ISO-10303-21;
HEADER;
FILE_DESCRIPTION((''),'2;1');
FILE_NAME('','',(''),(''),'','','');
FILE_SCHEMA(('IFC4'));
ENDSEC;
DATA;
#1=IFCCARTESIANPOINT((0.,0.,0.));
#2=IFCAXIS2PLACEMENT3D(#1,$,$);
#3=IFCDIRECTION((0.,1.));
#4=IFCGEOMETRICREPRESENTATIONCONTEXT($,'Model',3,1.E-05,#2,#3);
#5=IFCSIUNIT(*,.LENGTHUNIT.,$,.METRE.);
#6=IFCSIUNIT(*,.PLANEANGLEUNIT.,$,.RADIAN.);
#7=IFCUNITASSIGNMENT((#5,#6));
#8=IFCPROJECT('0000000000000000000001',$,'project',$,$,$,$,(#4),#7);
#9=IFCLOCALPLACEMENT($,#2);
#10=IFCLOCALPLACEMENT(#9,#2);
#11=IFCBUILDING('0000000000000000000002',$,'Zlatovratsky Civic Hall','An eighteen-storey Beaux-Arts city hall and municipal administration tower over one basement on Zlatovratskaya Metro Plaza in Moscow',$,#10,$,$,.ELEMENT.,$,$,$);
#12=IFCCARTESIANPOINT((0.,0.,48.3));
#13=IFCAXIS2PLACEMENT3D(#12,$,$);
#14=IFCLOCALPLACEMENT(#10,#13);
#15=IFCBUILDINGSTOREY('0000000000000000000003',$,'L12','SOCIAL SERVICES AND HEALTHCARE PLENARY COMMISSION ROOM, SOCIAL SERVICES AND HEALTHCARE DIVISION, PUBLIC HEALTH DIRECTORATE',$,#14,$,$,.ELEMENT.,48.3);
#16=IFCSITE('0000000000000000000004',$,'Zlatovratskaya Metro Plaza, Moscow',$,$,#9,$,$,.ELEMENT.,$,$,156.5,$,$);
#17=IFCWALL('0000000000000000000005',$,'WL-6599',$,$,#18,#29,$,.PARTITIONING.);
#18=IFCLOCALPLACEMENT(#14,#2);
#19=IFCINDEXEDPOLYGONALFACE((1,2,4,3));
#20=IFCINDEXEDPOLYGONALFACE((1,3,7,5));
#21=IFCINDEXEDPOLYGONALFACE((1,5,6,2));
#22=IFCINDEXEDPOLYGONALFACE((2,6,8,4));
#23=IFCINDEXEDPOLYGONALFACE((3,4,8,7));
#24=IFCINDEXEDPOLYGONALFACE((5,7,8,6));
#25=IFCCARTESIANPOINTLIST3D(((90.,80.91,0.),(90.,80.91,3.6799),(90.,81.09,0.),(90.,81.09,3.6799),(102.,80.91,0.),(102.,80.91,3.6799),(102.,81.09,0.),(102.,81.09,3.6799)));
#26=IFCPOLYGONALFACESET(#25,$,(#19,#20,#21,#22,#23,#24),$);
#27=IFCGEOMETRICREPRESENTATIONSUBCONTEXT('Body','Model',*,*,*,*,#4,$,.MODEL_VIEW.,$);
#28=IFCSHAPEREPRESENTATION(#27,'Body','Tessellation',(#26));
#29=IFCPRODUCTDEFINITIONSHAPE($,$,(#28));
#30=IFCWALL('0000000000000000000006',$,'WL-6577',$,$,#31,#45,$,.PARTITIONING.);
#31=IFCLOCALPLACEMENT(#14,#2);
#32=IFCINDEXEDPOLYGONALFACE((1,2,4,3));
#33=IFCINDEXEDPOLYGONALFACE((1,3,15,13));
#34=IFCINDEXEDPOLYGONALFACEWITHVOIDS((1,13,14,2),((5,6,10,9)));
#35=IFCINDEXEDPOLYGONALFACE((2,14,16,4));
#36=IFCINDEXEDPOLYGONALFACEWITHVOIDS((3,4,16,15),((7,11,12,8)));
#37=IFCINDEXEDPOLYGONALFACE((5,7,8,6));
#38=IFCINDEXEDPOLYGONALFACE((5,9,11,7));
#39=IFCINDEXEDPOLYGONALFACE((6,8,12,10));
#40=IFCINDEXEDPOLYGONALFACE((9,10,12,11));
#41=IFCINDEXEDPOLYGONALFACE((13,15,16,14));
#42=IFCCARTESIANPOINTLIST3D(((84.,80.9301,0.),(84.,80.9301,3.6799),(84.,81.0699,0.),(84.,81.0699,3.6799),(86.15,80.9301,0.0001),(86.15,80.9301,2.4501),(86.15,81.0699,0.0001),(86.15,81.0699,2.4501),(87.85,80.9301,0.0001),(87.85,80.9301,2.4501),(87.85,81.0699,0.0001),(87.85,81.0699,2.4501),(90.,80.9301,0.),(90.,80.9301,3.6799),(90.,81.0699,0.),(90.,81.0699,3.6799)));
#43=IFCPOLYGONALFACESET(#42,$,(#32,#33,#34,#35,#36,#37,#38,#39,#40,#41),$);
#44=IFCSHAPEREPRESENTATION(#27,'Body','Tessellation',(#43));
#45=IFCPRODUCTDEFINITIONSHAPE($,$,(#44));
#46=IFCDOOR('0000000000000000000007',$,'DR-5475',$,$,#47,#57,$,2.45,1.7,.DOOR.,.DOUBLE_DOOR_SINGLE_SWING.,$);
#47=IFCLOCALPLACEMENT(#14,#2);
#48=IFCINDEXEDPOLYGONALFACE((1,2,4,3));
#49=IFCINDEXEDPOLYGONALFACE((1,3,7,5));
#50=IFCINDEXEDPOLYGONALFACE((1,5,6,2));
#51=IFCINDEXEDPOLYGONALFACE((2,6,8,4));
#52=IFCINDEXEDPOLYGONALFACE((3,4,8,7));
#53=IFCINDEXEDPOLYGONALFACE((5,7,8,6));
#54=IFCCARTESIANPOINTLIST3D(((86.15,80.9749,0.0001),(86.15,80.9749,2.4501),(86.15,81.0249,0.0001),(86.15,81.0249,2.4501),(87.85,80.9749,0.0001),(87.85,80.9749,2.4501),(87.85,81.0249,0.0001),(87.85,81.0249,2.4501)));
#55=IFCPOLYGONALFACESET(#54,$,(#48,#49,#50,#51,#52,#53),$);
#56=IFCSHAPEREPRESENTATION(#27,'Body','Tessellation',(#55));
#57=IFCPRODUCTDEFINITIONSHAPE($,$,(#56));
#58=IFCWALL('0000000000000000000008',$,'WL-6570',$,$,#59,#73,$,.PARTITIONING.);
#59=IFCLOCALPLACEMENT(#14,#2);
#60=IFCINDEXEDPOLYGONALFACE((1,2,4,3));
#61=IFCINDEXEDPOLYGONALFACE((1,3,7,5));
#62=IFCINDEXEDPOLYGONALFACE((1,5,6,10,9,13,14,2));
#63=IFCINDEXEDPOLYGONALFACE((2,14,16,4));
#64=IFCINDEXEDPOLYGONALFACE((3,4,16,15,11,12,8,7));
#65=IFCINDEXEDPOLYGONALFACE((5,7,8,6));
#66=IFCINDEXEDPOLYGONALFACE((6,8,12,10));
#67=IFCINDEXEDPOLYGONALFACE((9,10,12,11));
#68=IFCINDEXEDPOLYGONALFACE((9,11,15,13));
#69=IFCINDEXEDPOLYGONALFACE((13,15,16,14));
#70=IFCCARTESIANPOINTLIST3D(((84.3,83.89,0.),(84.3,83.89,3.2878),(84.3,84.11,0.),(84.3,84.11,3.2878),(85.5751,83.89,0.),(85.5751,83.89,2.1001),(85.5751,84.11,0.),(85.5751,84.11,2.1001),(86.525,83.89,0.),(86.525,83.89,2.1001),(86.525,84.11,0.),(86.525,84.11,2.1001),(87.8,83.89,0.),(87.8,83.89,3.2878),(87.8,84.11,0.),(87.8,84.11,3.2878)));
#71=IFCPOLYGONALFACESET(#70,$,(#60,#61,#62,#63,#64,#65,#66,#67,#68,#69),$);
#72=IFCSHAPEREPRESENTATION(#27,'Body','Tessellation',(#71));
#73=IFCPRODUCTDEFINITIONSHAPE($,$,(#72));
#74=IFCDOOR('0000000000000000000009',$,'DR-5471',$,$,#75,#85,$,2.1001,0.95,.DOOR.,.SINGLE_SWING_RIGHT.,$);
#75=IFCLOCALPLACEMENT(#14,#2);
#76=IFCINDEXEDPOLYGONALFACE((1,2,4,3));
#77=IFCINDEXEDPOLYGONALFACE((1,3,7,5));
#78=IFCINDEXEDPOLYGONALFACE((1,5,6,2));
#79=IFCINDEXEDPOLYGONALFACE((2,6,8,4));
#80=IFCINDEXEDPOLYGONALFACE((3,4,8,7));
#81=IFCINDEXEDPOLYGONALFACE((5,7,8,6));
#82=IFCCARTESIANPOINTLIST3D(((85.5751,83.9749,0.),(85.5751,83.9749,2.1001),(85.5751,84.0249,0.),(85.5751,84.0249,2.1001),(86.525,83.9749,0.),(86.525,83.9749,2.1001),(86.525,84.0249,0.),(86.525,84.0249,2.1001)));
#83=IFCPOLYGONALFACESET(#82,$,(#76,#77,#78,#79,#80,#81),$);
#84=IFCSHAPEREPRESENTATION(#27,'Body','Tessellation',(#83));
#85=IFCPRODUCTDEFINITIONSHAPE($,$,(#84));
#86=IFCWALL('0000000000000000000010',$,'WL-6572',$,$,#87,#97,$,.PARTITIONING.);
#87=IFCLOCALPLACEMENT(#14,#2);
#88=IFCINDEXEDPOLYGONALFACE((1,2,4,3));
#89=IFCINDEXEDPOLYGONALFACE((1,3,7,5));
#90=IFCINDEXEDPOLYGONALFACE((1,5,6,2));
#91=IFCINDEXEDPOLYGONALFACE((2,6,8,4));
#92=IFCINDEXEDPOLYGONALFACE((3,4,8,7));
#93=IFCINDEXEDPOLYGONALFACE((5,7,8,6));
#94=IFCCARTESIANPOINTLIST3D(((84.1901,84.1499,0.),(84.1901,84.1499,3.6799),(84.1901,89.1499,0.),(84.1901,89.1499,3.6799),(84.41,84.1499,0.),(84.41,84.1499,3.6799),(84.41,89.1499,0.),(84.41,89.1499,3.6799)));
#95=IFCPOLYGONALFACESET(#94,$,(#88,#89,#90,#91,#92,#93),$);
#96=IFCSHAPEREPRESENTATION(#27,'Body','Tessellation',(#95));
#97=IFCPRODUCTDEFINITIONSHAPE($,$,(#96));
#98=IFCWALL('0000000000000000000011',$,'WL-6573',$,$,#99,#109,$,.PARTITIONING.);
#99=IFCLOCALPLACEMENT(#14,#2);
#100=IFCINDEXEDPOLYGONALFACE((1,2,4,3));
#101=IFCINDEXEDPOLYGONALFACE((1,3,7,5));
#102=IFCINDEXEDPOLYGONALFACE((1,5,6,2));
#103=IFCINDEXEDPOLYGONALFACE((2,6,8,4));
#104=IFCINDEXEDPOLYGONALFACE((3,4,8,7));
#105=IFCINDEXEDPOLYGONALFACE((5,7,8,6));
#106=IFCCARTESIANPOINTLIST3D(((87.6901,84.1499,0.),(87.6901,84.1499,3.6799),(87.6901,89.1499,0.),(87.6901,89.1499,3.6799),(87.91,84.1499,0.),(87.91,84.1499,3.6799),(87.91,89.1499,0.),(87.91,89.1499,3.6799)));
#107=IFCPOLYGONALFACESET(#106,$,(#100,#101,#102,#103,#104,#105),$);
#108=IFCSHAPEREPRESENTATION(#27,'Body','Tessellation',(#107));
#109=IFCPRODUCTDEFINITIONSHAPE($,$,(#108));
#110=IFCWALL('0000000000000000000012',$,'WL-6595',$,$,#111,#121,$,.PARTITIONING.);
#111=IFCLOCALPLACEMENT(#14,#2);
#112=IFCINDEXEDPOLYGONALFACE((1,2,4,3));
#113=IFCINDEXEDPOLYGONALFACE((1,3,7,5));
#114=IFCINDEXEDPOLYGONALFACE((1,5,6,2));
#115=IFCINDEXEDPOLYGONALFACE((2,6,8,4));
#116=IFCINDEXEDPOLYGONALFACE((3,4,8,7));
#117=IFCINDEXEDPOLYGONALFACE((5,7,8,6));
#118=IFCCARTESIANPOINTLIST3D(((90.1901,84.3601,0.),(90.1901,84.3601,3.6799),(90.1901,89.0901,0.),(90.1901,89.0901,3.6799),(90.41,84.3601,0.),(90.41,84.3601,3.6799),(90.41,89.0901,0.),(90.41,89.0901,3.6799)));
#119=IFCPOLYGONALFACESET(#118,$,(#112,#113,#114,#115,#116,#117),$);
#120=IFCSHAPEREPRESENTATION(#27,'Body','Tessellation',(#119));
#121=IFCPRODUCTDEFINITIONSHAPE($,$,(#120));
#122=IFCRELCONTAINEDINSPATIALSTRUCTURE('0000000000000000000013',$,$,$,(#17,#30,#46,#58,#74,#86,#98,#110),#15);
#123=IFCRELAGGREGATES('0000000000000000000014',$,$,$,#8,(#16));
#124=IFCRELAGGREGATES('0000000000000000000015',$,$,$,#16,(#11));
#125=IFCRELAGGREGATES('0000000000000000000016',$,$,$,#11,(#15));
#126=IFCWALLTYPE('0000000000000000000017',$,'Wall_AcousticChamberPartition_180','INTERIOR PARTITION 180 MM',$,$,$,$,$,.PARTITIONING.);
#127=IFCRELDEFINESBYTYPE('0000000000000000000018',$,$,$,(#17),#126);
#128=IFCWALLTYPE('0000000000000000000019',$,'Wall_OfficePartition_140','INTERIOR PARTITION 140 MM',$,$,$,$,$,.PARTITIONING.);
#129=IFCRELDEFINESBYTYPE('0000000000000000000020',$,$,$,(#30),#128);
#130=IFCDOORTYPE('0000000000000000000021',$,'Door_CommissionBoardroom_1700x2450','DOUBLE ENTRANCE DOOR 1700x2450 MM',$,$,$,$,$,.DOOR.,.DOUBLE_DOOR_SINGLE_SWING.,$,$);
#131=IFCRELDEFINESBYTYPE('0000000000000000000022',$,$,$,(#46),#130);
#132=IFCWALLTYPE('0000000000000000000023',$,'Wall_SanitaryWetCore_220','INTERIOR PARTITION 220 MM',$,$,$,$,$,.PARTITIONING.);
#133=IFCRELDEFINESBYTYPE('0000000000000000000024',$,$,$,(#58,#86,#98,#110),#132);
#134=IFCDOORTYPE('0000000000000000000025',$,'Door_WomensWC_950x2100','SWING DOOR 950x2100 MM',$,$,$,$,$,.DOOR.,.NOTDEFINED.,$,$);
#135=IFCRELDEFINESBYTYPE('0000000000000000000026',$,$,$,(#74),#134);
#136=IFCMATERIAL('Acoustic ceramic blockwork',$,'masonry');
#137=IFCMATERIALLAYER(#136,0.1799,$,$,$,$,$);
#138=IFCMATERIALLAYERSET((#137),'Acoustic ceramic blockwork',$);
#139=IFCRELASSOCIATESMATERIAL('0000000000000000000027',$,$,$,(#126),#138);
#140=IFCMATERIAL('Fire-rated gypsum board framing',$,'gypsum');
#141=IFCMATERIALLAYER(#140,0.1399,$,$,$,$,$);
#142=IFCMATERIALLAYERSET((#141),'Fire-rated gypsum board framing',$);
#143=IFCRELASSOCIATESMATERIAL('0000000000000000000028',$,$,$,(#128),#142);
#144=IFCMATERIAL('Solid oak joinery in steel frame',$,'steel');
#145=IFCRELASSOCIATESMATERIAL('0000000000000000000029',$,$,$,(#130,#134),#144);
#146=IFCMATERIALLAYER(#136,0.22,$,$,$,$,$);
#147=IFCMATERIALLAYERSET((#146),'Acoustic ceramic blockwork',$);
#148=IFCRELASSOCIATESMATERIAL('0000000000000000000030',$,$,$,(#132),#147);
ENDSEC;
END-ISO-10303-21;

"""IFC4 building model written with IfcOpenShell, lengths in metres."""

from ifc_helpers import new_model, si_unit, direction, frame, frame_2d, origin, place, context, subcontext, project, spatial, rectangle, extrude, material, layer, layer_set, type_object, element, fill, save


model = new_model("IFC4")

# Units and contexts
model_context = context("Model", 3, precision=1e-05, world=origin(), true_north=direction((0.0, 1.0)))
body_context = subcontext(model_context, "Body", "Model", "MODEL_VIEW")
ifc_project = project(units=[si_unit("LENGTHUNIT", "METRE"), si_unit("PLANEANGLEUNIT", "RADIAN")], contexts=[model_context])

# Site, building, storey
site_placement = place(None, origin())
site = spatial("IfcSite", under=ifc_project, at=site_placement, Name="Zlatovratskaya Metro Plaza, Moscow", CompositionType="ELEMENT", RefElevation=156.5)
building_placement = place(site_placement, origin())
building = spatial("IfcBuilding", under=site, at=building_placement, Name="Zlatovratsky Civic Hall", Description="An eighteen-storey Beaux-Arts city hall and municipal administration tower over one basement on Zlatovratskaya Metro Plaza in Moscow", CompositionType="ELEMENT")
storey_placement = place(building_placement, frame((0.0, 0.0, 48.3)))
storey = spatial("IfcBuildingStorey", under=building, at=storey_placement, Name="L12", Description="SOCIAL SERVICES AND HEALTHCARE PLENARY COMMISSION ROOM, SOCIAL SERVICES AND HEALTHCARE DIVISION, PUBLIC HEALTH DIRECTORATE", CompositionType="ELEMENT", Elevation=48.3)

# Wall
ifc_material_1 = material(Name="Acoustic ceramic blockwork", Category="masonry")
ifc_layer_1 = layer(ifc_material_1, 0.1799)
ifc_layer_set_1 = layer_set([ifc_layer_1], Name="Acoustic ceramic blockwork")
wall_type_1 = type_object("IfcWallType", Name="Wall_AcousticChamberPartition_180", Description="INTERIOR PARTITION 180 MM", PredefinedType="PARTITIONING", material=ifc_layer_set_1)
wall_1_placement = place(storey_placement, frame((90.0, 81.0, 0.0), z_axis=(0.0, 0.0, 1.0), x_axis=(1.0, 0.0, 0.0)))
element("IfcWall", 1, at=wall_1_placement, inside=storey, type_object=wall_type_1, Name="WL-6599", PredefinedType="PARTITIONING", context=body_context, shape_type="SweptSolid", body=[
    extrude(rectangle(XDim=12.0, YDim=0.1799, at=frame_2d((6.0, 0.0))), origin(), (0.0, 0.0, 1.0), 3.6799),
])

# Walls, openings, doors
ifc_material_2 = material(Name="Fire-rated gypsum board framing", Category="gypsum")
ifc_layer_2 = layer(ifc_material_2, 0.1399)
ifc_layer_set_2 = layer_set([ifc_layer_2], Name="Fire-rated gypsum board framing")
wall_type_2 = type_object("IfcWallType", Name="Wall_OfficePartition_140", Description="INTERIOR PARTITION 140 MM", PredefinedType="PARTITIONING", material=ifc_layer_set_2)
wall_2_placement = place(storey_placement, frame((84.0, 81.0, 0.0), z_axis=(0.0, 0.0, 1.0), x_axis=(1.0, 0.0, 0.0)))
wall_2 = element("IfcWall", 2, at=wall_2_placement, inside=storey, type_object=wall_type_2, Name="WL-6577", PredefinedType="PARTITIONING", context=body_context, shape_type="SweptSolid", body=[
    extrude(rectangle(XDim=6.0, YDim=0.1399, at=frame_2d((3.0, 0.0))), origin(), (0.0, 0.0, 1.0), 3.6799),
])
opening_1_placement = place(wall_2_placement, frame((2.1499, 0.0, 0.0)))
opening_1 = element("IfcOpeningElement", 3, at=opening_1_placement, cuts=wall_2, PredefinedType="OPENING", context=body_context, shape_type="SweptSolid", body=[
    extrude(rectangle(XDim=1.7, YDim=2.45, at=frame_2d((0.8501, 1.2251))), frame((0.0, 0.085, 0.0), z_axis=(0.0, -1.0, 0.0), x_axis=(1.0, 0.0, 0.0)), (0.0, 0.0, 1.0), 0.1697),
])
ifc_material_3 = material(Name="Solid oak joinery in steel frame", Category="steel")
door_type_1 = type_object("IfcDoorType", Name="Door_CommissionBoardroom_1700x2450", Description="DOUBLE ENTRANCE DOOR 1700x2450 MM", OperationType="DOUBLE_DOOR_SINGLE_SWING", PredefinedType="DOOR", material=ifc_material_3)
door_1_placement = place(opening_1_placement, origin())
door_1 = element("IfcDoor", 4, at=door_1_placement, inside=storey, type_object=door_type_1, Name="DR-5475", OperationType="DOUBLE_DOOR_SINGLE_SWING", OverallHeight=2.45, OverallWidth=1.7, PredefinedType="DOOR", context=body_context, shape_type="SweptSolid", body=[
    extrude(rectangle(XDim=1.7, YDim=2.45, at=frame_2d((0.8501, 1.2251))), frame((0.0, 0.0249, 0.0), z_axis=(0.0, -1.0, 0.0), x_axis=(1.0, 0.0, 0.0)), (0.0, 0.0, 1.0), 0.05),
])
fill(opening_1, door_1)
ifc_layer_3 = layer(ifc_material_1, 0.22)
ifc_layer_set_3 = layer_set([ifc_layer_3], Name="Acoustic ceramic blockwork")
wall_type_3 = type_object("IfcWallType", Name="Wall_SanitaryWetCore_220", Description="INTERIOR PARTITION 220 MM", PredefinedType="PARTITIONING", material=ifc_layer_set_3)
wall_3_placement = place(storey_placement, frame((84.3, 84.0, 0.0), z_axis=(0.0, 0.0, 1.0), x_axis=(1.0, 0.0, 0.0)))
wall_3 = element("IfcWall", 5, at=wall_3_placement, inside=storey, type_object=wall_type_3, Name="WL-6570", PredefinedType="PARTITIONING", context=body_context, shape_type="SweptSolid", body=[
    extrude(rectangle(XDim=3.5, YDim=0.22, at=frame_2d((1.75, 0.0))), origin(), (0.0, 0.0, 1.0), 3.2878),
])
opening_2_placement = place(wall_3_placement, frame((1.2749, 0.0, 0.0)))
opening_2 = element("IfcOpeningElement", 6, at=opening_2_placement, cuts=wall_3, PredefinedType="OPENING", context=body_context, shape_type="SweptSolid", body=[
    extrude(rectangle(XDim=0.95, YDim=2.1001, at=frame_2d((0.4751, 1.05))), frame((0.0, 0.125, 0.0), z_axis=(0.0, -1.0, 0.0), x_axis=(1.0, 0.0, 0.0)), (0.0, 0.0, 1.0), 0.2498),
])
door_type_2 = type_object("IfcDoorType", Name="Door_WomensWC_950x2100", Description="SWING DOOR 950x2100 MM", OperationType="NOTDEFINED", PredefinedType="DOOR", material=ifc_material_3)
door_2_placement = place(opening_2_placement, origin())
door_2 = element("IfcDoor", 7, at=door_2_placement, inside=storey, type_object=door_type_2, Name="DR-5471", OperationType="SINGLE_SWING_RIGHT", OverallHeight=2.1001, OverallWidth=0.95, PredefinedType="DOOR", context=body_context, shape_type="SweptSolid", body=[
    extrude(rectangle(XDim=0.95, YDim=2.1001, at=frame_2d((0.4751, 1.05))), frame((0.0, 0.0249, 0.0), z_axis=(0.0, -1.0, 0.0), x_axis=(1.0, 0.0, 0.0)), (0.0, 0.0, 1.0), 0.05),
])
fill(opening_2, door_2)

# Walls
for number, where, z_axis, x_axis, name in (
    (8, (84.3, 84.1499, 0.0), (0.0, 0.0, 1.0), (0.0, 1.0, 0.0), "WL-6572"),
    (9, (87.8, 84.1499, 0.0), (0.0, 0.0, 1.0), (0.0, 1.0, 0.0), "WL-6573"),
):
    element("IfcWall", number, at=place(storey_placement, frame(where, z_axis=z_axis, x_axis=x_axis)), inside=storey, type_object=wall_type_3, Name=name, PredefinedType="PARTITIONING", context=body_context, shape_type="SweptSolid", body=[
        extrude(rectangle(XDim=5.0, YDim=0.22, at=frame_2d((2.5, 0.0))), origin(), (0.0, 0.0, 1.0), 3.6799),
    ])
wall_4_placement = place(storey_placement, frame((90.3, 84.3601, 0.0), z_axis=(0.0, 0.0, 1.0), x_axis=(0.0, 1.0, 0.0)))
element("IfcWall", 10, at=wall_4_placement, inside=storey, type_object=wall_type_3, Name="WL-6595", PredefinedType="PARTITIONING", context=body_context, shape_type="SweptSolid", body=[
    extrude(rectangle(XDim=4.73, YDim=0.22, at=frame_2d((2.365, 0.0))), origin(), (0.0, 0.0, 1.0), 3.6799),
])

save(model, "model.ifc")
